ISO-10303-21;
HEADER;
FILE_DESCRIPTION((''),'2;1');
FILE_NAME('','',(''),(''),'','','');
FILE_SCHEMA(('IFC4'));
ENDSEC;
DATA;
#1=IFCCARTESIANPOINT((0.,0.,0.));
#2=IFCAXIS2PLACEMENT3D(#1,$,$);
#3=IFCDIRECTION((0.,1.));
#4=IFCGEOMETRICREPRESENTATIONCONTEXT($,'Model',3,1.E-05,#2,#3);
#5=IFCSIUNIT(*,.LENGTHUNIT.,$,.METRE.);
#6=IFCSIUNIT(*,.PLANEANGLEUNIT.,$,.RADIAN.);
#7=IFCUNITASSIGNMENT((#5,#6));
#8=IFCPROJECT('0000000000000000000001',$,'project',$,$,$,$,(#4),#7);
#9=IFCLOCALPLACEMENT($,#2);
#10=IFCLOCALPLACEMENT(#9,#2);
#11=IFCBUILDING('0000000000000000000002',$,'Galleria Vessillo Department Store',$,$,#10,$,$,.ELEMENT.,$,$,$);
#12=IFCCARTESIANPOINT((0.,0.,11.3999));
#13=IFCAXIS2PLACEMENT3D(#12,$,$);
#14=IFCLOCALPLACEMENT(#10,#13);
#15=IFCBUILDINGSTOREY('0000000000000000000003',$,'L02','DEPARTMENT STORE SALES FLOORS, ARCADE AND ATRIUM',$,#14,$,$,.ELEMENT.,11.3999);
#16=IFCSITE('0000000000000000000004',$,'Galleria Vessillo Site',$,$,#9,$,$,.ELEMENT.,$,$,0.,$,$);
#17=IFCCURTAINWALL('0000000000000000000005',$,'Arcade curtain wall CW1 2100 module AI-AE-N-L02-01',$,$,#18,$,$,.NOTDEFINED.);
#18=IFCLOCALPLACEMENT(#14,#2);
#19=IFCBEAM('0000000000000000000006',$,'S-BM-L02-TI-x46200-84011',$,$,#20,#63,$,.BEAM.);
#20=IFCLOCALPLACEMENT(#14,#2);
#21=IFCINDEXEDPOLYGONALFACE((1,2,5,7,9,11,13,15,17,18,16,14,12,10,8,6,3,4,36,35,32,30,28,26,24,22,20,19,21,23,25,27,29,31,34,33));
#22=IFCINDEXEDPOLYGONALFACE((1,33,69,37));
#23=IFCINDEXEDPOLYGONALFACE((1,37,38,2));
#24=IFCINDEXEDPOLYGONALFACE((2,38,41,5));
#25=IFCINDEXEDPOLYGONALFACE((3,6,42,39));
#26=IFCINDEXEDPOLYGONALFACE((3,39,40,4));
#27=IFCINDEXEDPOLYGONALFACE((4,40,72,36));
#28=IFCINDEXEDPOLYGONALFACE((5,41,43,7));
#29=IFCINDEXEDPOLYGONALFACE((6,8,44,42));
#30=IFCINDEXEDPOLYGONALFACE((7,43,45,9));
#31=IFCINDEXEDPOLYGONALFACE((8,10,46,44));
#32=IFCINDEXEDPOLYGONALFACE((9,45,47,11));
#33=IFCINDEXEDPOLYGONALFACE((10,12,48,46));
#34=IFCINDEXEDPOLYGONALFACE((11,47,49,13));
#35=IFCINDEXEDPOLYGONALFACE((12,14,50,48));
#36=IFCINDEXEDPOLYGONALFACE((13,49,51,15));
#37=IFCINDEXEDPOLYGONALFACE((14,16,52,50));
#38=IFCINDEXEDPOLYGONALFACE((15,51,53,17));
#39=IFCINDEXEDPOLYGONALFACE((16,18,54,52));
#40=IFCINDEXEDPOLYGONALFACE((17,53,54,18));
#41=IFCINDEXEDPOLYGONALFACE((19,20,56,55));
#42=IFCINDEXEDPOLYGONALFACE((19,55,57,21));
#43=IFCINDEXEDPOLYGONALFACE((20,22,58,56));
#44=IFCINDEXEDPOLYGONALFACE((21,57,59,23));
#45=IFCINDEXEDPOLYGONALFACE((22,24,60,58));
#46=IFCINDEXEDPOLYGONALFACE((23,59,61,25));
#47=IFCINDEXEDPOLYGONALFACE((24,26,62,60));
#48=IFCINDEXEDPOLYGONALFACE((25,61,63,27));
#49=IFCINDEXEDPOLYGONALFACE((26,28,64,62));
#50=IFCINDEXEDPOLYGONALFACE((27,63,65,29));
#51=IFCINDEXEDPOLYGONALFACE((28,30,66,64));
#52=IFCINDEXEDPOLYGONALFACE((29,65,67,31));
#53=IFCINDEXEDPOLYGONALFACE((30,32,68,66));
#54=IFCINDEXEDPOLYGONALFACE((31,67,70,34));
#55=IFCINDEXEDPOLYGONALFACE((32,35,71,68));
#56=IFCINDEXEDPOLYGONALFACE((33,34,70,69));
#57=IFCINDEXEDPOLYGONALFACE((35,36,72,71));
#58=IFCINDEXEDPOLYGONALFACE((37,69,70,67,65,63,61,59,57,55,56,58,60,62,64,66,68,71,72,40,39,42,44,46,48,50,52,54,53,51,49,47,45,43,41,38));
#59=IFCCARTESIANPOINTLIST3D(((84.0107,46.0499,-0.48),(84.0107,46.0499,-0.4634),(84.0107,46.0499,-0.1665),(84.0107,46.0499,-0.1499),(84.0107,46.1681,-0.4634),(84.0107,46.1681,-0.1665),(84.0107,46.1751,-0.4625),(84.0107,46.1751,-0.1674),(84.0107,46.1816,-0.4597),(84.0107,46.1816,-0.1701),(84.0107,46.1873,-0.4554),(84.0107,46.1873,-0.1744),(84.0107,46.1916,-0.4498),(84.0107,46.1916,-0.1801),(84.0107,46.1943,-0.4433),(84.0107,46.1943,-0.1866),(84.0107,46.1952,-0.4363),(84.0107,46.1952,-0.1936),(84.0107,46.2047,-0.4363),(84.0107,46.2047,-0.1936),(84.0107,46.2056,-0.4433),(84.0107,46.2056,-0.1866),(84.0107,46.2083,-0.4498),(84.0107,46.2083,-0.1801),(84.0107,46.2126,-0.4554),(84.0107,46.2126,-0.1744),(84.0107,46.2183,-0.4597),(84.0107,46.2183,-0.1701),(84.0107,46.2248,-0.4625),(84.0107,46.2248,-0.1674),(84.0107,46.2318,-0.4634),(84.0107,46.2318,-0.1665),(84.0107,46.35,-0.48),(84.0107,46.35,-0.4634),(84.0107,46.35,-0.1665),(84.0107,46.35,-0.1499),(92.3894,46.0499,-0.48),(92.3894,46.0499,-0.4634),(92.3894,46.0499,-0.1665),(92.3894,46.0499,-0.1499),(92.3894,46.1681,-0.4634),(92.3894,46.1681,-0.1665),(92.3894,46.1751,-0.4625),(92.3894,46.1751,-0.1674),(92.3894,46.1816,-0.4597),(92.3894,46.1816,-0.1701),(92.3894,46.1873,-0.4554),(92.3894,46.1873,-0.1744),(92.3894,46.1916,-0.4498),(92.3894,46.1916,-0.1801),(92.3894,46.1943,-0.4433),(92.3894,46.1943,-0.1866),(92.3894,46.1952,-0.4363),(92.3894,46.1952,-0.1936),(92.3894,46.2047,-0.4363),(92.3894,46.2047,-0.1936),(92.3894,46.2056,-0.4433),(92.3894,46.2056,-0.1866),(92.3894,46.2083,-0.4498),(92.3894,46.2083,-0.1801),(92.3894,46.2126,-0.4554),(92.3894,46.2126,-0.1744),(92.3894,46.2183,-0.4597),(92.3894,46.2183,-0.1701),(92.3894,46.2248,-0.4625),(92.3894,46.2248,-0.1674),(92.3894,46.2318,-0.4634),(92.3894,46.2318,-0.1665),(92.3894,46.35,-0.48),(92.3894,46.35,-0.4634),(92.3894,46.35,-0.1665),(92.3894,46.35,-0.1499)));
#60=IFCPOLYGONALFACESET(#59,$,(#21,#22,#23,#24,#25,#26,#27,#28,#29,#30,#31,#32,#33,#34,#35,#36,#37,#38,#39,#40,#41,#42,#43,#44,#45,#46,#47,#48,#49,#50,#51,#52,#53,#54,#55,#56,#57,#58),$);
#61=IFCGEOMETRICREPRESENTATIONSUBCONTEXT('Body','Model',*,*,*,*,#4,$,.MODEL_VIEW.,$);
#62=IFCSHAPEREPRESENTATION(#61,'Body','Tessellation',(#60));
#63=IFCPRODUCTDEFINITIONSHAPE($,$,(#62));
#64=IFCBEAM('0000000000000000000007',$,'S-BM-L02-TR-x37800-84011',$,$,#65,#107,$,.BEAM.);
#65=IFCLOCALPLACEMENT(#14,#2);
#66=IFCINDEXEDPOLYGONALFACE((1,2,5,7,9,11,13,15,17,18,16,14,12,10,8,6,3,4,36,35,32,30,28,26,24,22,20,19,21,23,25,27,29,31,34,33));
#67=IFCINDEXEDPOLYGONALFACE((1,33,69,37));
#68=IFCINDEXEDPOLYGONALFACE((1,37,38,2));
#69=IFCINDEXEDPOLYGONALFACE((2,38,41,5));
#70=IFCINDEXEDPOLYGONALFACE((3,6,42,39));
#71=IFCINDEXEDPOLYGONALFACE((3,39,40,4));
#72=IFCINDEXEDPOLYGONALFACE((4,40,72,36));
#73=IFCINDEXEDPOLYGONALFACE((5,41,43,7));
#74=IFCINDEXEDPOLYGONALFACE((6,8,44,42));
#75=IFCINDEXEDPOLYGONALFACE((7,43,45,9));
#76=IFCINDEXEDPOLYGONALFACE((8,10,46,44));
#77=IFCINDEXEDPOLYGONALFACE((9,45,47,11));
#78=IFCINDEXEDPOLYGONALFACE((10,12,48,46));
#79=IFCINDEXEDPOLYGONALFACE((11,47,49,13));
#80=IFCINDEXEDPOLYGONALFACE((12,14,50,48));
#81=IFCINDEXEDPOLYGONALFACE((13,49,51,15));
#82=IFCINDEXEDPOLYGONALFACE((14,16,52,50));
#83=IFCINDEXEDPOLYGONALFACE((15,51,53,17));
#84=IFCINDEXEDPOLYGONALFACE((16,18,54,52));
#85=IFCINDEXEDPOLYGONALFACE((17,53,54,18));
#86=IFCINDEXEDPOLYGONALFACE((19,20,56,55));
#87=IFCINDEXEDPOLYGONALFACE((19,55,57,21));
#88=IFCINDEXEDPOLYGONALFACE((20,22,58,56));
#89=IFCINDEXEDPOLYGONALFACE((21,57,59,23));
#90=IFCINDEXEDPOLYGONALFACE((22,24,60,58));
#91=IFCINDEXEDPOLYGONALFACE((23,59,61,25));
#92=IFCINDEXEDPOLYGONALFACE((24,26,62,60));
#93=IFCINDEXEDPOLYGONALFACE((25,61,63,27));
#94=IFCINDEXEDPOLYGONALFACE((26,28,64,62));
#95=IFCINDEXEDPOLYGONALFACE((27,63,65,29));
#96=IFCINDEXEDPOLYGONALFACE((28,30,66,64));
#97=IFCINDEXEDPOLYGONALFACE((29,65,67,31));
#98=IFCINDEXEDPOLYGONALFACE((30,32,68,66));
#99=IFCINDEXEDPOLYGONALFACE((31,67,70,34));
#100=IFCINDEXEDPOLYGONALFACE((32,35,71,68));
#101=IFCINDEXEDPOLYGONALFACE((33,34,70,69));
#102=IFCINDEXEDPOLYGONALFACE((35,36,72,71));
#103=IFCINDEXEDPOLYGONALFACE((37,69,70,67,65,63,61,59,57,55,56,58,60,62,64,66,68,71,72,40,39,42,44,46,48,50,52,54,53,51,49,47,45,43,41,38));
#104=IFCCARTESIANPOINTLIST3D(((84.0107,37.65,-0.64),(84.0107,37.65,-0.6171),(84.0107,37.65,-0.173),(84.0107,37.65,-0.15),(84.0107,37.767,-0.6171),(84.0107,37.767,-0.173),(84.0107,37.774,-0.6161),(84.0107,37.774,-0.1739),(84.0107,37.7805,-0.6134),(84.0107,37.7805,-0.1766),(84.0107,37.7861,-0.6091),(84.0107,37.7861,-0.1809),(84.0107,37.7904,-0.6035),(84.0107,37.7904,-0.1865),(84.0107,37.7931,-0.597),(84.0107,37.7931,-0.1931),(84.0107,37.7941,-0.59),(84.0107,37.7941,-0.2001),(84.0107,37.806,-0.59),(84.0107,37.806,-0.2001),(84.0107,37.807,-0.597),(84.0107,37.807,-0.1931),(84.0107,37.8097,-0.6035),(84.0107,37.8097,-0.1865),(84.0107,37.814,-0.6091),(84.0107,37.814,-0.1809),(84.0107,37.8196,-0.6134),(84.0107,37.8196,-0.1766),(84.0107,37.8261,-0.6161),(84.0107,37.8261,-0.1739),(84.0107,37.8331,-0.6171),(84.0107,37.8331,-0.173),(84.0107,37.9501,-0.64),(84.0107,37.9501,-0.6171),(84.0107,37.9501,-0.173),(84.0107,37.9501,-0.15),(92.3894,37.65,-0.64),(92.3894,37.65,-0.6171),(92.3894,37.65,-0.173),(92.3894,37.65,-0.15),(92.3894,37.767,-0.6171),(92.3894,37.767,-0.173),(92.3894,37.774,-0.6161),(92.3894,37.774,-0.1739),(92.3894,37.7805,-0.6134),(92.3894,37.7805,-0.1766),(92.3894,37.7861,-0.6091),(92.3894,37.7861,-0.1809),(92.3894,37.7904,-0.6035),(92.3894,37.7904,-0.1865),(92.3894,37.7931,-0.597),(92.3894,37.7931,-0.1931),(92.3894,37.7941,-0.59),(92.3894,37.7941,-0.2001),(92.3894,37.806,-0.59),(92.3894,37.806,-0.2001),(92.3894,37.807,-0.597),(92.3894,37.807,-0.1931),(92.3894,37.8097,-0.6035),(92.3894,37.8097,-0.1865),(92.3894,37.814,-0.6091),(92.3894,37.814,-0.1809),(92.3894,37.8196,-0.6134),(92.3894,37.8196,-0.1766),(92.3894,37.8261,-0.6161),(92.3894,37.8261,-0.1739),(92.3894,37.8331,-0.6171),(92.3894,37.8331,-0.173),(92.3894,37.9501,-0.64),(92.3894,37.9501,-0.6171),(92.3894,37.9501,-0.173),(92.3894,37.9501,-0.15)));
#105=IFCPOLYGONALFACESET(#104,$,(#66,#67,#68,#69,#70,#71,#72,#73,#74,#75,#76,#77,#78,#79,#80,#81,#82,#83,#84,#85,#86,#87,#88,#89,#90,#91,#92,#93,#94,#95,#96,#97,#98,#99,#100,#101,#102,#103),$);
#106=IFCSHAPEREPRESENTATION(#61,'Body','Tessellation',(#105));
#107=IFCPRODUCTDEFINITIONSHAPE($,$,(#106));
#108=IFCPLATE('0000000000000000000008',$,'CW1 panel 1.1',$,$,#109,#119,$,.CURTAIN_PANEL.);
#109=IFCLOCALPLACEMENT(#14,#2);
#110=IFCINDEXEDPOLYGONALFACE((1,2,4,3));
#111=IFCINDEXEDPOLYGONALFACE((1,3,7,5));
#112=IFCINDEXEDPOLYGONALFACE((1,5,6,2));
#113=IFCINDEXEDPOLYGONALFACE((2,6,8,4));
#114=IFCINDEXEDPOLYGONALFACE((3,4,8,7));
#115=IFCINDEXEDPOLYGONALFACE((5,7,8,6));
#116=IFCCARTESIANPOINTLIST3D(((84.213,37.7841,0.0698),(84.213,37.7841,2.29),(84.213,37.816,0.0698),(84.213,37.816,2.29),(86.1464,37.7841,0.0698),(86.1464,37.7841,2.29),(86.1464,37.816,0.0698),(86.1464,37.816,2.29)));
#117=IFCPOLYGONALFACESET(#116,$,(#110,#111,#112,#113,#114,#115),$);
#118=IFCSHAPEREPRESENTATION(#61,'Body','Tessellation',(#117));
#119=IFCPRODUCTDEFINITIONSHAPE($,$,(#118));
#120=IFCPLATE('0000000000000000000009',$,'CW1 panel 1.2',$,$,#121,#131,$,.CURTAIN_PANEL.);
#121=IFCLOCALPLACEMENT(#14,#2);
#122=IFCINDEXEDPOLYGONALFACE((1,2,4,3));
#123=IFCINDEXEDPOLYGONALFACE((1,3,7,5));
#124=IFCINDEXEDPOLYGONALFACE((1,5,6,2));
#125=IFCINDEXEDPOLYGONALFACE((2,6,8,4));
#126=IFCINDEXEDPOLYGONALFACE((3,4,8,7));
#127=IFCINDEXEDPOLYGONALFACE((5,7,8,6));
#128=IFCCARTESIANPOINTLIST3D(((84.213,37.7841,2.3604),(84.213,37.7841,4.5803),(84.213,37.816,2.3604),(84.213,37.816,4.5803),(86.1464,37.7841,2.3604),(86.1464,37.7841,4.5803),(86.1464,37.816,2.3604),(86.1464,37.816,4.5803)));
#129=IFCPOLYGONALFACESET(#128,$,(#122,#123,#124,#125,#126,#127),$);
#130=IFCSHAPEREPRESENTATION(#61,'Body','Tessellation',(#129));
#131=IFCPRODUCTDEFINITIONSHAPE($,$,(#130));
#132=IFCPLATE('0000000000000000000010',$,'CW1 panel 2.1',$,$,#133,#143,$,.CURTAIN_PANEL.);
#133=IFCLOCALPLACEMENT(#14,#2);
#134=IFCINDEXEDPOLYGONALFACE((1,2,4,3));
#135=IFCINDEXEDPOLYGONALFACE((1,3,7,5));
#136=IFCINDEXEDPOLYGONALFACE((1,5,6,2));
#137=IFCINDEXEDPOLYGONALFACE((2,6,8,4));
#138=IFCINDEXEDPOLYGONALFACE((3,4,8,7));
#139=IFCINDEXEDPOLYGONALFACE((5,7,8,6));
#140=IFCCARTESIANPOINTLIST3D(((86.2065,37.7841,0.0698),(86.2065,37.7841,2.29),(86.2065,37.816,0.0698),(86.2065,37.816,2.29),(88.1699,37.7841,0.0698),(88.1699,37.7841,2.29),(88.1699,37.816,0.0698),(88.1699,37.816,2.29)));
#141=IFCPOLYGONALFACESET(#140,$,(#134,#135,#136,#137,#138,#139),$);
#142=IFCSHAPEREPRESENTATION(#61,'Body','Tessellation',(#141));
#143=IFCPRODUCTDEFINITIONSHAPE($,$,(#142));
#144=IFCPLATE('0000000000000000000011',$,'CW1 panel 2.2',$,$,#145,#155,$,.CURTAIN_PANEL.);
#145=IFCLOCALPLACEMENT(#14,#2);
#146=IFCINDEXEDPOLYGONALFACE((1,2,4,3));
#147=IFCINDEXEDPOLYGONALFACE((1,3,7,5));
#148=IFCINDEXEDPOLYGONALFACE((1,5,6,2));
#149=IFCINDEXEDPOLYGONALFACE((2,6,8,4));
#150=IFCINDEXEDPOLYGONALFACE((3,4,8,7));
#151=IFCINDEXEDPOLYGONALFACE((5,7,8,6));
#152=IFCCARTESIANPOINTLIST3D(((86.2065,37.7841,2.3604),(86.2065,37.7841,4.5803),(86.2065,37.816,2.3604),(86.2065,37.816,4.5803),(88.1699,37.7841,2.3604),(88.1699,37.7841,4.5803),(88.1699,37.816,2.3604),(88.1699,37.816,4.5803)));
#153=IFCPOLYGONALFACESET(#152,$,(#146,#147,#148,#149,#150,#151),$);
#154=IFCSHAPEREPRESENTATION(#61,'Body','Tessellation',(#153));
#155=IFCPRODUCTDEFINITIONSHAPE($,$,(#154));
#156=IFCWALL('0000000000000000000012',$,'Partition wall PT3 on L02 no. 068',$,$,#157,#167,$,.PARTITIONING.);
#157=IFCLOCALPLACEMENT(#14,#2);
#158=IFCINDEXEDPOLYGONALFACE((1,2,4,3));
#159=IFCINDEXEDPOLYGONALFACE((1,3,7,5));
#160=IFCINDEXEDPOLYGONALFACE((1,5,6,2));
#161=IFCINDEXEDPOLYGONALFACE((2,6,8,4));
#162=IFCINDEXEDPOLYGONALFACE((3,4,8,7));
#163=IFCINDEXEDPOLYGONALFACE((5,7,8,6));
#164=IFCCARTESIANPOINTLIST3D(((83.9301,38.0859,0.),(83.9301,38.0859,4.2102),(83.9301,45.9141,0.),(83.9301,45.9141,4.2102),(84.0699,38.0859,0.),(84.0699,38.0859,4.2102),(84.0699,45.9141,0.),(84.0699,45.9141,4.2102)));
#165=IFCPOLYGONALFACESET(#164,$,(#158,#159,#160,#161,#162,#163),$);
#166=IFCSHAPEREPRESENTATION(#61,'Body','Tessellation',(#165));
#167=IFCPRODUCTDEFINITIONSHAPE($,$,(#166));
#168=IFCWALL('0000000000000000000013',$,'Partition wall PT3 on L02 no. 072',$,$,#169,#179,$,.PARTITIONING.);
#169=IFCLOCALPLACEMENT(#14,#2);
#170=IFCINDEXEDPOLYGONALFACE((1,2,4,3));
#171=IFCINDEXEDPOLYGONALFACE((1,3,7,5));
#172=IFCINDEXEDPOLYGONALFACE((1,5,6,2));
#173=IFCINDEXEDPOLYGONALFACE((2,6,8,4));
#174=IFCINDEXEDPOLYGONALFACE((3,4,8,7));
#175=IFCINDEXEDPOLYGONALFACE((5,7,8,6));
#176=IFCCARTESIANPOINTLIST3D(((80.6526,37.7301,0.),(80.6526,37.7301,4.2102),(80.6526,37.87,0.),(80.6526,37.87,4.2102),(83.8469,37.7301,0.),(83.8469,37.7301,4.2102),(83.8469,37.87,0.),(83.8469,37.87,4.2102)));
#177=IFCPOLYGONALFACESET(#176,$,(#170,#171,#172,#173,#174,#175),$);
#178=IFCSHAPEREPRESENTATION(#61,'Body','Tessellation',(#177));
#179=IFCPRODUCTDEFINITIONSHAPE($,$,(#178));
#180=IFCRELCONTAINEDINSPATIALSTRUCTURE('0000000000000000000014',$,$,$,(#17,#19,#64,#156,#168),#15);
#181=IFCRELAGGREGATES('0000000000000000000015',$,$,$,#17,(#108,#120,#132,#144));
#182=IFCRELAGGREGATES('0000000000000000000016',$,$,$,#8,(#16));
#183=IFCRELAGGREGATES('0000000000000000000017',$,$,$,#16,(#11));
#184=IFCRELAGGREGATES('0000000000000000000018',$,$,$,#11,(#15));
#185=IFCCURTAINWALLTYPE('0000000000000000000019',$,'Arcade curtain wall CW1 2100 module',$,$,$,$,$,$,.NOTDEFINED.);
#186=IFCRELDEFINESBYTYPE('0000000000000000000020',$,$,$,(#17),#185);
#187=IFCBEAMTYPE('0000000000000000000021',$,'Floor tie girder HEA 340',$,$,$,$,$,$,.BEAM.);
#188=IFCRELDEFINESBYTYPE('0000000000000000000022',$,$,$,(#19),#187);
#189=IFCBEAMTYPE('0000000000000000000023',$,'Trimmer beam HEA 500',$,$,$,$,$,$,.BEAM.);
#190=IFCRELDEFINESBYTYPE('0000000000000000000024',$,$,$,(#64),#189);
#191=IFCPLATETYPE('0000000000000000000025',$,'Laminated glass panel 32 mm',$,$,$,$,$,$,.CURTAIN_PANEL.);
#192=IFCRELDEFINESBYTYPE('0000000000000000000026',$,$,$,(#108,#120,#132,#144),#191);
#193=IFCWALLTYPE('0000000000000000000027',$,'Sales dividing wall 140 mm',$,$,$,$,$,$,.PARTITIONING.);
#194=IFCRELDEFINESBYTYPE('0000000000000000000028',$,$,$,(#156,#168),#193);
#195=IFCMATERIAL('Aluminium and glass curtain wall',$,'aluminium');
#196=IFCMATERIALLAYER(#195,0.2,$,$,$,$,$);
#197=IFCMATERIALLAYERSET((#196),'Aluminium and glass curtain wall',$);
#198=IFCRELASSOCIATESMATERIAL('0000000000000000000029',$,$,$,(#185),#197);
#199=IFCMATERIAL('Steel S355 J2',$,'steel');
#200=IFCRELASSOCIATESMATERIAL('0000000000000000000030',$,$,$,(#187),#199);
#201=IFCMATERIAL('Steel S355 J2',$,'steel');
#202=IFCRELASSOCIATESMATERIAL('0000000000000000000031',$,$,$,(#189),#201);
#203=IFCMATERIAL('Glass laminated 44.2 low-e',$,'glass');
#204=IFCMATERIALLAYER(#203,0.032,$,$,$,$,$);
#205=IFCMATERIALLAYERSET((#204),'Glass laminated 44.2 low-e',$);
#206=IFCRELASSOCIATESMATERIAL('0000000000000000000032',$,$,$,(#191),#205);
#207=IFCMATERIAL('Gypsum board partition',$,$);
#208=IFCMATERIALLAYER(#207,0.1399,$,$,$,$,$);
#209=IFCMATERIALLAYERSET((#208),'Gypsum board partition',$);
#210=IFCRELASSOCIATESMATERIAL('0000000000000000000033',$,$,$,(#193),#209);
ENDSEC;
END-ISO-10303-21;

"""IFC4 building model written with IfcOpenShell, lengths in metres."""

from ifc_helpers import new_model, si_unit, direction, frame, frame_2d, origin, origin_2d, place, context, subcontext, project, spatial, rectangle, i_section, extrude, material, layer, layer_set, material_profile, profile_set, type_object, element, aggregate, save


model = new_model("IFC4")

# Units and contexts
model_context = context("Model", 3, precision=1e-05, world=origin(), true_north=direction((0.0, 1.0)))
body_context = subcontext(model_context, "Body", "Model", "MODEL_VIEW")
ifc_project = project(units=[si_unit("LENGTHUNIT", "METRE"), si_unit("PLANEANGLEUNIT", "RADIAN")], contexts=[model_context])

# Site, building, storey
site_placement = place(None, origin())
site = spatial("IfcSite", under=ifc_project, at=site_placement, Name="Galleria Vessillo Site", CompositionType="ELEMENT", RefElevation=0.0)
building_placement = place(site_placement, origin())
building = spatial("IfcBuilding", under=site, at=building_placement, Name="Galleria Vessillo Department Store", CompositionType="ELEMENT")
storey_placement = place(building_placement, frame((0.0, 0.0, 11.3999)))
storey = spatial("IfcBuildingStorey", under=building, at=storey_placement, Name="L02", Description="DEPARTMENT STORE SALES FLOORS, ARCADE AND ATRIUM", CompositionType="ELEMENT", Elevation=11.3999)

# Curtain wall
ifc_material_1 = material(Name="Aluminium and glass curtain wall", Category="aluminium")
ifc_layer_1 = layer(ifc_material_1, 0.2)
ifc_layer_set_1 = layer_set([ifc_layer_1], Name="Aluminium and glass curtain wall")
curtain_wall_type = type_object("IfcCurtainWallType", Name="Arcade curtain wall CW1 2100 module", PredefinedType="NOTDEFINED", material=ifc_layer_set_1)
curtain_wall_placement = place(storey_placement, origin())
curtain_wall = element("IfcCurtainWall", 1, at=curtain_wall_placement, inside=storey, type_object=curtain_wall_type, Name="Arcade curtain wall CW1 2100 module AI-AE-N-L02-01", PredefinedType="NOTDEFINED")

# Beams
ifc_material_2 = material(Name="Steel S355 J2", Category="steel")
ifc_material_profile_1 = material_profile(ifc_material_2, i_section(OverallWidth=0.3, OverallDepth=0.3301, WebThickness=0.0095, FlangeThickness=0.0166, FilletRadius=0.0271, at=origin_2d()), Name="HEA 340")
ifc_profile_set_1 = profile_set([ifc_material_profile_1], Name="Steel S355 J2")
beam_type_1 = type_object("IfcBeamType", Name="Floor tie girder HEA 340", PredefinedType="BEAM", material=ifc_profile_set_1)
beam_1_placement = place(storey_placement, frame((84.0107, 46.2, -0.3149), z_axis=(1.0, 0.0, 0.0), x_axis=(0.0, 1.0, 0.0)))
element("IfcBeam", 2, at=beam_1_placement, inside=storey, type_object=beam_type_1, Name="S-BM-L02-TI-x46200-84011", PredefinedType="BEAM", context=body_context, shape_type="SweptSolid", body=[
    extrude(i_section(OverallWidth=0.3, OverallDepth=0.3301, WebThickness=0.0095, FlangeThickness=0.0166, FilletRadius=0.0271, at=origin_2d()), origin(), (0.0, 0.0, 1.0), 8.3787),
])
ifc_material_3 = material(Name="Steel S355 J2", Category="steel")
ifc_material_profile_2 = material_profile(ifc_material_3, i_section(OverallWidth=0.3, OverallDepth=0.49, WebThickness=0.012, FlangeThickness=0.0229, FilletRadius=0.0271, at=origin_2d()), Name="HEA 500")
ifc_profile_set_2 = profile_set([ifc_material_profile_2], Name="Steel S355 J2")
beam_type_2 = type_object("IfcBeamType", Name="Trimmer beam HEA 500", PredefinedType="BEAM", material=ifc_profile_set_2)
beam_2_placement = place(storey_placement, frame((84.0107, 37.8, -0.395), z_axis=(1.0, 0.0, 0.0), x_axis=(0.0, 1.0, 0.0)))
element("IfcBeam", 3, at=beam_2_placement, inside=storey, type_object=beam_type_2, Name="S-BM-L02-TR-x37800-84011", PredefinedType="BEAM", context=body_context, shape_type="SweptSolid", body=[
    extrude(i_section(OverallWidth=0.3, OverallDepth=0.49, WebThickness=0.012, FlangeThickness=0.0229, FilletRadius=0.0271, at=origin_2d()), origin(), (0.0, 0.0, 1.0), 8.3787),
])

# Plates
ifc_material_4 = material(Name="Glass laminated 44.2 low-e", Category="glass")
ifc_layer_2 = layer(ifc_material_4, 0.032)
ifc_layer_set_2 = layer_set([ifc_layer_2], Name="Glass laminated 44.2 low-e")
plate_type = type_object("IfcPlateType", Name="Laminated glass panel 32 mm", PredefinedType="CURTAIN_PANEL", material=ifc_layer_set_2)
plate_1_placement = place(storey_placement, frame((85.1797, 37.8, 0.0698), z_axis=(0.0, 0.0, 1.0), x_axis=(1.0, 0.0, 0.0)))
plate_1 = element("IfcPlate", 4, at=plate_1_placement, type_object=plate_type, Name="CW1 panel 1.1", PredefinedType="CURTAIN_PANEL", context=body_context, shape_type="SweptSolid", body=[
    extrude(rectangle(XDim=1.9333, YDim=0.032, at=origin_2d()), origin(), (0.0, 0.0, 1.0), 2.2202),
])
plate_2_placement = place(storey_placement, frame((85.1797, 37.8, 2.3604), z_axis=(0.0, 0.0, 1.0), x_axis=(1.0, 0.0, 0.0)))
plate_2 = element("IfcPlate", 5, at=plate_2_placement, type_object=plate_type, Name="CW1 panel 1.2", PredefinedType="CURTAIN_PANEL", context=body_context, shape_type="SweptSolid", body=[
    extrude(rectangle(XDim=1.9333, YDim=0.032, at=origin_2d()), origin(), (0.0, 0.0, 1.0), 2.22),
])
plate_3_placement = place(storey_placement, frame((87.1882, 37.8, 0.0698), z_axis=(0.0, 0.0, 1.0), x_axis=(1.0, 0.0, 0.0)))
plate_3 = element("IfcPlate", 6, at=plate_3_placement, type_object=plate_type, Name="CW1 panel 2.1", PredefinedType="CURTAIN_PANEL", context=body_context, shape_type="SweptSolid", body=[
    extrude(rectangle(XDim=1.9634, YDim=0.032, at=origin_2d()), origin(), (0.0, 0.0, 1.0), 2.2202),
])
plate_4_placement = place(storey_placement, frame((87.1882, 37.8, 2.3604), z_axis=(0.0, 0.0, 1.0), x_axis=(1.0, 0.0, 0.0)))
plate_4 = element("IfcPlate", 7, at=plate_4_placement, type_object=plate_type, Name="CW1 panel 2.2", PredefinedType="CURTAIN_PANEL", context=body_context, shape_type="SweptSolid", body=[
    extrude(rectangle(XDim=1.9634, YDim=0.032, at=origin_2d()), origin(), (0.0, 0.0, 1.0), 2.22),
])
aggregate(curtain_wall, [plate_1, plate_2, plate_3, plate_4])

# Walls
ifc_material_5 = material(Name="Gypsum board partition")
ifc_layer_3 = layer(ifc_material_5, 0.1399)
ifc_layer_set_3 = layer_set([ifc_layer_3], Name="Gypsum board partition")
wall_type = type_object("IfcWallType", Name="Sales dividing wall 140 mm", PredefinedType="PARTITIONING", material=ifc_layer_set_3)
wall_1_placement = place(storey_placement, frame((84.0, 38.0859, 0.0), z_axis=(0.0, 0.0, 1.0), x_axis=(0.0, 1.0, 0.0)))
element("IfcWall", 8, at=wall_1_placement, inside=storey, type_object=wall_type, Name="Partition wall PT3 on L02 no. 068", PredefinedType="PARTITIONING", context=body_context, shape_type="SweptSolid", body=[
    extrude(rectangle(XDim=7.8281, YDim=0.1399, at=frame_2d((3.9141, 0.0))), origin(), (0.0, 0.0, 1.0), 4.2102),
])
wall_2_placement = place(storey_placement, frame((80.6526, 37.8, 0.0), z_axis=(0.0, 0.0, 1.0), x_axis=(1.0, 0.0, 0.0)))
element("IfcWall", 9, at=wall_2_placement, inside=storey, type_object=wall_type, Name="Partition wall PT3 on L02 no. 072", PredefinedType="PARTITIONING", context=body_context, shape_type="SweptSolid", body=[
    extrude(rectangle(XDim=3.1943, YDim=0.1399, at=frame_2d((1.5972, 0.0))), origin(), (0.0, 0.0, 1.0), 4.2102),
])

save(model, "model.ifc")
